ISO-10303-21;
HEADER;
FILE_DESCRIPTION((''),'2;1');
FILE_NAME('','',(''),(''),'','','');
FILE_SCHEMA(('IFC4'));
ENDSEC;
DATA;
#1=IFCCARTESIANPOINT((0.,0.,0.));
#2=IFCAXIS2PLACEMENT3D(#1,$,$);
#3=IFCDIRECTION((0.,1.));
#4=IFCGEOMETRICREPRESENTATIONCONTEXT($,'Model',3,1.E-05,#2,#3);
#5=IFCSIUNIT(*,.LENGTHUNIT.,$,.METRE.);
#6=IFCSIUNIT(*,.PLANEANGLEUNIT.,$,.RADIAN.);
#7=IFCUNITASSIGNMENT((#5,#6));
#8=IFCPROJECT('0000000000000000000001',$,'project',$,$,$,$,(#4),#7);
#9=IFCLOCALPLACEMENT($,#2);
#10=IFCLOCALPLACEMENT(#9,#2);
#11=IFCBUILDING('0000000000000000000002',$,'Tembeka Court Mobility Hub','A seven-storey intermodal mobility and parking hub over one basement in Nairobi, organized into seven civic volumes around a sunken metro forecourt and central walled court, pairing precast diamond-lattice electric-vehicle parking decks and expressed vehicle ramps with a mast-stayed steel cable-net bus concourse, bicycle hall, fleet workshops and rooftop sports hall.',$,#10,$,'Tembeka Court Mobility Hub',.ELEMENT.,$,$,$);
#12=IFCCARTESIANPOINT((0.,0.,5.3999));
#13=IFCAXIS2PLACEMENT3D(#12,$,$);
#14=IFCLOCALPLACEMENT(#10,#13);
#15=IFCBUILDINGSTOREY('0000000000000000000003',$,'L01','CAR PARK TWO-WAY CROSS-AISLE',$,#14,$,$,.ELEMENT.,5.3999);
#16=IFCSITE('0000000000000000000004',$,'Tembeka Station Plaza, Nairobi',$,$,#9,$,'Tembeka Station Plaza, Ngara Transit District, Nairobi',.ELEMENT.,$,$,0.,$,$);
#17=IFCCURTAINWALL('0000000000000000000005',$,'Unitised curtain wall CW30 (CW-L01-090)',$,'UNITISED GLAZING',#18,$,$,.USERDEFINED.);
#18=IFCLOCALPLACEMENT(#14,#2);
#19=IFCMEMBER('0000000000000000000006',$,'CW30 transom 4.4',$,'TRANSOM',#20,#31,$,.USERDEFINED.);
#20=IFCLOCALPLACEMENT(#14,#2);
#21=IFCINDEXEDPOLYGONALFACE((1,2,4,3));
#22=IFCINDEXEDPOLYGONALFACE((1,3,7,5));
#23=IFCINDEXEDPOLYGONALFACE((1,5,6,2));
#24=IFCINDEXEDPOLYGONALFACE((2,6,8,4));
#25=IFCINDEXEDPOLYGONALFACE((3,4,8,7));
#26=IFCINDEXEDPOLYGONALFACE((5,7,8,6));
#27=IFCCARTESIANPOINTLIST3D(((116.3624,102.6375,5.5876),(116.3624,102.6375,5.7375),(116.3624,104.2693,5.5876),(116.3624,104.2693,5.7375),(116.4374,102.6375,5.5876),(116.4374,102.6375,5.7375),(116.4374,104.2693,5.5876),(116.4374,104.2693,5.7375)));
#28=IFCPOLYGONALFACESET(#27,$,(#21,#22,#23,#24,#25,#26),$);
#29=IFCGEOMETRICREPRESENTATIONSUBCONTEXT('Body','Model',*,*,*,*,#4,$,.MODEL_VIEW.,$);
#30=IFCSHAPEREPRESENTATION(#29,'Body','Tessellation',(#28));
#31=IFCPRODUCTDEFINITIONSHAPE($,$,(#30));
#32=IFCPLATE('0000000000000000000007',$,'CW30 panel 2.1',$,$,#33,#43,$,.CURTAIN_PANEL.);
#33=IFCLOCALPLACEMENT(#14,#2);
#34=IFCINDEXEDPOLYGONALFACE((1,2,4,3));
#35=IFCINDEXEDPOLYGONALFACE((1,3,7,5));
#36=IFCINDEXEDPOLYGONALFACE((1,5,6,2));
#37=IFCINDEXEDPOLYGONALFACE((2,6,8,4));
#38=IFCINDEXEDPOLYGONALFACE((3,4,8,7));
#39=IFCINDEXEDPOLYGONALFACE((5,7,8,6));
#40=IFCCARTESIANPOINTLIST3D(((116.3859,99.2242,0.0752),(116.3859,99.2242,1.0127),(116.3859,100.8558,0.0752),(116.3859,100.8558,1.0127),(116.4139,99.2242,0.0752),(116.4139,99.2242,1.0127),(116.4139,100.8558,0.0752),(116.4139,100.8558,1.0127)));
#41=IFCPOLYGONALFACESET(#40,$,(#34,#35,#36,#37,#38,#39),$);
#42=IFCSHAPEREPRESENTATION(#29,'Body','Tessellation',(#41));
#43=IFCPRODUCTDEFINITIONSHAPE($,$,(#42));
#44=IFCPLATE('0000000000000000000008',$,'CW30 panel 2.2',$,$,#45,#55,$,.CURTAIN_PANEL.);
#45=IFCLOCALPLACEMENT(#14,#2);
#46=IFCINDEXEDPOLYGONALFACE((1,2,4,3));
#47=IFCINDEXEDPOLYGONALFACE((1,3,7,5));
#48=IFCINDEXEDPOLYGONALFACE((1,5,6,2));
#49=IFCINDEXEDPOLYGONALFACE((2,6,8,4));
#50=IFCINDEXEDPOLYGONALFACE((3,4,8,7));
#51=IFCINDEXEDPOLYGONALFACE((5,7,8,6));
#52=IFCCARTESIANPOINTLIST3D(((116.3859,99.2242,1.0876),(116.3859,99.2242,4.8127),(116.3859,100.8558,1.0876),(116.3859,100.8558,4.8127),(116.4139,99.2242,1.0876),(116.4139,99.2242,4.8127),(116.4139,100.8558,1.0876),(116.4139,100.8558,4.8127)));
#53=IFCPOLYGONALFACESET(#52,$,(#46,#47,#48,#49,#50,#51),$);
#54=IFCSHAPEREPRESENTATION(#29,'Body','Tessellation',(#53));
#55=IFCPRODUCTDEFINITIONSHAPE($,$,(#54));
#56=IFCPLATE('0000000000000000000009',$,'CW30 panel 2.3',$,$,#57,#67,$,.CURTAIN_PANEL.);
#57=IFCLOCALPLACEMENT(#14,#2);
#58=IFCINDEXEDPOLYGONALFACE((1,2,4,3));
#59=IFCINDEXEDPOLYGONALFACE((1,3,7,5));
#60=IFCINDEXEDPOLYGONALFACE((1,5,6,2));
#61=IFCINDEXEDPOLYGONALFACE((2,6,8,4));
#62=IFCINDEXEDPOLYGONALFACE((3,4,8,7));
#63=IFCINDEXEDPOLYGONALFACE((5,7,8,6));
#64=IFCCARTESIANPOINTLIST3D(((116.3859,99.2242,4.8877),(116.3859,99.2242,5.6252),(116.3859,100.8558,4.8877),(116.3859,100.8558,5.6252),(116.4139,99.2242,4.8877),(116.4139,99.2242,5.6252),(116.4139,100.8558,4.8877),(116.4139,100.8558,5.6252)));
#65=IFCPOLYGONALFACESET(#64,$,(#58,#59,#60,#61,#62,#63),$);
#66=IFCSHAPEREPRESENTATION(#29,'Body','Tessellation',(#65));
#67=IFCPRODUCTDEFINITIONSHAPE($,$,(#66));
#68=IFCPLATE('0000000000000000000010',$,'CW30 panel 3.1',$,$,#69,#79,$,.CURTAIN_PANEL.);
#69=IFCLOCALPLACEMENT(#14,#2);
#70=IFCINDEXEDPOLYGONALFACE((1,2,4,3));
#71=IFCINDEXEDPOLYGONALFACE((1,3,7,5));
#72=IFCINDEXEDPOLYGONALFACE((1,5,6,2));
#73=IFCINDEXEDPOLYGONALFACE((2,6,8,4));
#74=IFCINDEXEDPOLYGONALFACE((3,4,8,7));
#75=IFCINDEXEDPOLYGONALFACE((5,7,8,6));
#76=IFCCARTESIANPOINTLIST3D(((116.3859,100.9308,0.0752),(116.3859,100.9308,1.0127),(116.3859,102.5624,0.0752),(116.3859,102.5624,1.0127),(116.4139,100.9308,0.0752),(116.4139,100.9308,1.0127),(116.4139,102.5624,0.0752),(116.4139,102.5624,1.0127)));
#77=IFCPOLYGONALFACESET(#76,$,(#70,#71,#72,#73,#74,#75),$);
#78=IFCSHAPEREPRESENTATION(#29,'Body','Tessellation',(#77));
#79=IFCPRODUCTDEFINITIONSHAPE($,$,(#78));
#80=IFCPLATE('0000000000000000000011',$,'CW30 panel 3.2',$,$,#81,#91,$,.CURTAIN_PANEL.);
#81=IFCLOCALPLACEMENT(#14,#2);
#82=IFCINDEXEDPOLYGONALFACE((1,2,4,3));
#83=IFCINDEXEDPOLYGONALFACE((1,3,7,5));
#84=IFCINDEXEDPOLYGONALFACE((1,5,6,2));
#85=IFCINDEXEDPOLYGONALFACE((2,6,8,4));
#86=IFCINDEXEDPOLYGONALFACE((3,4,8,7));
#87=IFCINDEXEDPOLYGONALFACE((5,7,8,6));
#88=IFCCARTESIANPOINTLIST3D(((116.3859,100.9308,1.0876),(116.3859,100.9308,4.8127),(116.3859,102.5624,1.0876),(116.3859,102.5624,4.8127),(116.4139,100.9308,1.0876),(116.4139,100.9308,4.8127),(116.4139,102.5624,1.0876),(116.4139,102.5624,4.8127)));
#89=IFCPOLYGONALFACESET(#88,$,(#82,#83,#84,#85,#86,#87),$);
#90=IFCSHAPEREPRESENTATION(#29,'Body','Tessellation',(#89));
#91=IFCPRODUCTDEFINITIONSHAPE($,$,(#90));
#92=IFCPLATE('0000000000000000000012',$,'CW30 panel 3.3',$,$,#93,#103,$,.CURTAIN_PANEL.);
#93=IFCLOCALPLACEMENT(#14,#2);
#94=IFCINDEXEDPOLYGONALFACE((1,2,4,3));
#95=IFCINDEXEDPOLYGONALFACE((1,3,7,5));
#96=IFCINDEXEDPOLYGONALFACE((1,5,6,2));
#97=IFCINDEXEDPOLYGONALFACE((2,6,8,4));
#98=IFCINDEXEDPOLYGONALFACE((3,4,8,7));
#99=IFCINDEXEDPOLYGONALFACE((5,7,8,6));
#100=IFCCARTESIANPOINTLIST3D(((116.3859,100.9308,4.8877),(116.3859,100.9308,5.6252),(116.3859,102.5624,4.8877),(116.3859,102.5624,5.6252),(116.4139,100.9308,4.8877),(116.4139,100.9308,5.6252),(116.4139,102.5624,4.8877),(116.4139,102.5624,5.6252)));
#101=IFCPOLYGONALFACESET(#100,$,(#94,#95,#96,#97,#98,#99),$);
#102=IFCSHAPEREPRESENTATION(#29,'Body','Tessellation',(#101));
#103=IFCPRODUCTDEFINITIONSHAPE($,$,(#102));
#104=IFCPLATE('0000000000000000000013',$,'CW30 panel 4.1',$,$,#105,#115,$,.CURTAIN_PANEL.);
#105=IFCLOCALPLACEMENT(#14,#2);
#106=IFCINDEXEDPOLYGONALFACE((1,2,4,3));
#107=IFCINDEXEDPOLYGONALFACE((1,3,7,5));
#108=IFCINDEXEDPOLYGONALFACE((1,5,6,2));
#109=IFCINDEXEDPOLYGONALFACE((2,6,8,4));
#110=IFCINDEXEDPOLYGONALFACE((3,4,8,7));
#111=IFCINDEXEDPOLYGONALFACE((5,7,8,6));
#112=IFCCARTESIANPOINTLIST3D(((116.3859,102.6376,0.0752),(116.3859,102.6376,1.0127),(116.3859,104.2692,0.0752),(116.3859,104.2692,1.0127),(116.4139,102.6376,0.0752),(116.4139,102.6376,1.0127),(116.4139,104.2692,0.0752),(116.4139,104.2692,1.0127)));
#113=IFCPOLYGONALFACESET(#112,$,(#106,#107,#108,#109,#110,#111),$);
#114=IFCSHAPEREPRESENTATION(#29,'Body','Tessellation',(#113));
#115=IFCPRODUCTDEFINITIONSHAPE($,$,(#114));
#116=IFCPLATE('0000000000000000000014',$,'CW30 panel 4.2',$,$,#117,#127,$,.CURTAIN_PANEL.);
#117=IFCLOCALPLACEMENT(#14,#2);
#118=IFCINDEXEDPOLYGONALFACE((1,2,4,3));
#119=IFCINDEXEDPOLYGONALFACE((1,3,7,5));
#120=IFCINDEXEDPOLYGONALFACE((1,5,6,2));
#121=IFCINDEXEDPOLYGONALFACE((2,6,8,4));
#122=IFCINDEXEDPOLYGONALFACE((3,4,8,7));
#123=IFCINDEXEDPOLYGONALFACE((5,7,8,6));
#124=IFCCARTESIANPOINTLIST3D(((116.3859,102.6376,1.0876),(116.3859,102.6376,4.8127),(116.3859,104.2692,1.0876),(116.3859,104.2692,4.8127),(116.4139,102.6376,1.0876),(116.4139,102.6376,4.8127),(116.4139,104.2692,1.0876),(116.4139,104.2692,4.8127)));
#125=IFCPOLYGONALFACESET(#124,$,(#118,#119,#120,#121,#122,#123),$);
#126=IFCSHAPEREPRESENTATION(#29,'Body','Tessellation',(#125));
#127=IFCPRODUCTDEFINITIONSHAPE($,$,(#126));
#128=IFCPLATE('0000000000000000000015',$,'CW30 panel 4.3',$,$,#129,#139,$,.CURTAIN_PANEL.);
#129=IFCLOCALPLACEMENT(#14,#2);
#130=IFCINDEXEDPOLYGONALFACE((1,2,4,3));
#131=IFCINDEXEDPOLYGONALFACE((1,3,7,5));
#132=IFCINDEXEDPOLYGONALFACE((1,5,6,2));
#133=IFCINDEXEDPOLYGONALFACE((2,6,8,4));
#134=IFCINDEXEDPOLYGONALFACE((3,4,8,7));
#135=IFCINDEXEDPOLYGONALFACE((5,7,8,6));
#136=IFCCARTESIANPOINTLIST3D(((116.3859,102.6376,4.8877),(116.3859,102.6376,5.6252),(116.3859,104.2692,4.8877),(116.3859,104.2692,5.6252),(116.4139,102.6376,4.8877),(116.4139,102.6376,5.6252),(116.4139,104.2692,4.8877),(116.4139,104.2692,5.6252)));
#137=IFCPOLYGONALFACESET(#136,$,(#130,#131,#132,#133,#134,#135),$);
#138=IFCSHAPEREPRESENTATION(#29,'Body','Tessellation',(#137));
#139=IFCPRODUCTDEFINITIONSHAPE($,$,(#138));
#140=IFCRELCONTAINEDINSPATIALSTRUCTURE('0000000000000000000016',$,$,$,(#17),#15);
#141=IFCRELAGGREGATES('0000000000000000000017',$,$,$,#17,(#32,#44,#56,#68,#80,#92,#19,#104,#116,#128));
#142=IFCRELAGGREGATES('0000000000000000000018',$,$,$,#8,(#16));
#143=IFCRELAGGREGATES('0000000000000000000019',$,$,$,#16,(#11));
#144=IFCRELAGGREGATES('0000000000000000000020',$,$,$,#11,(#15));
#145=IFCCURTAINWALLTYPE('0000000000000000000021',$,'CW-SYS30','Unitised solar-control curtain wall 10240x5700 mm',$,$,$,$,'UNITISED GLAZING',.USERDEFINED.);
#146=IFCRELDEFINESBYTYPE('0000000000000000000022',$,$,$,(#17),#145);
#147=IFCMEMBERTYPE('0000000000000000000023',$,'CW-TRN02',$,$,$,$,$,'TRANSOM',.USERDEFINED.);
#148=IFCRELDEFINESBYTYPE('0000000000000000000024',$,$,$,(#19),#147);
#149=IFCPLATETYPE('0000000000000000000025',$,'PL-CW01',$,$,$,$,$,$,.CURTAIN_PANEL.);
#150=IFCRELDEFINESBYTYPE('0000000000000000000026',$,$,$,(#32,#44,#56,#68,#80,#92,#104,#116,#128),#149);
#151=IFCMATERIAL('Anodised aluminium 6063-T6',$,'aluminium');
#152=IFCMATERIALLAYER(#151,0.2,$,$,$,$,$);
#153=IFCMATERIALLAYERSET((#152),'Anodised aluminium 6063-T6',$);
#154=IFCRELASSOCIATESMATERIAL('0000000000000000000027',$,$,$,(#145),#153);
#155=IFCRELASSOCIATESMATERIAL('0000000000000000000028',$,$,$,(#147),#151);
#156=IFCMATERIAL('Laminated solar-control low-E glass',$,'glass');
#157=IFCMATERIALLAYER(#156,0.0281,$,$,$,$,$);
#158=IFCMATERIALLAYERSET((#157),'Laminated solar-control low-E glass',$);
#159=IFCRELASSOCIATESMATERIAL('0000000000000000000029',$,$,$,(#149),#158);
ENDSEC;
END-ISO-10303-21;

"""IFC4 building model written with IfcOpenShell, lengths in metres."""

from ifc_helpers import new_model, si_unit, direction, frame, origin, origin_2d, place, context, subcontext, project, spatial, rectangle, extrude, material, layer, layer_set, material_profile, profile_set, type_object, element, aggregate, save


model = new_model("IFC4")

# Units and contexts
model_context = context("Model", 3, precision=1e-05, world=origin(), true_north=direction((0.0, 1.0)))
body_context = subcontext(model_context, "Body", "Model", "MODEL_VIEW")
ifc_project = project(units=[si_unit("LENGTHUNIT", "METRE"), si_unit("PLANEANGLEUNIT", "RADIAN")], contexts=[model_context])

# Site, building, storey
site_placement = place(None, origin())
site = spatial("IfcSite", under=ifc_project, at=site_placement, Name="Tembeka Station Plaza, Nairobi", LongName="Tembeka Station Plaza, Ngara Transit District, Nairobi", CompositionType="ELEMENT", RefElevation=0.0)
building_placement = place(site_placement, origin())
building = spatial("IfcBuilding", under=site, at=building_placement, Name="Tembeka Court Mobility Hub", Description="A seven-storey intermodal mobility and parking hub over one basement in Nairobi, organized into seven civic volumes around a sunken metro forecourt and central walled court, pairing precast diamond-lattice electric-vehicle parking decks and expressed vehicle ramps with a mast-stayed steel cable-net bus concourse, bicycle hall, fleet workshops and rooftop sports hall.", LongName="Tembeka Court Mobility Hub", CompositionType="ELEMENT")
storey_placement = place(building_placement, frame((0.0, 0.0, 5.3999)))
storey = spatial("IfcBuildingStorey", under=building, at=storey_placement, Name="L01", Description="CAR PARK TWO-WAY CROSS-AISLE", CompositionType="ELEMENT", Elevation=5.3999)

# Curtain wall, member, plates
ifc_material_1 = material(Name="Anodised aluminium 6063-T6", Category="aluminium")
ifc_layer_1 = layer(ifc_material_1, 0.2)
ifc_layer_set_1 = layer_set([ifc_layer_1], Name="Anodised aluminium 6063-T6")
curtain_wall_type = type_object("IfcCurtainWallType", Name="CW-SYS30", Description="Unitised solar-control curtain wall 10240x5700 mm", ElementType="UNITISED GLAZING", PredefinedType="USERDEFINED", material=ifc_layer_set_1)
curtain_wall_placement = place(storey_placement, origin())
curtain_wall = element("IfcCurtainWall", 1, at=curtain_wall_placement, inside=storey, type_object=curtain_wall_type, Name="Unitised curtain wall CW30 (CW-L01-090)", ObjectType="UNITISED GLAZING", PredefinedType="USERDEFINED")
ifc_material_profile_1 = material_profile(ifc_material_1, rectangle(XDim=0.075, YDim=0.1499, at=origin_2d()), Name="ALU-TRN 75x150")
ifc_profile_set_1 = profile_set([ifc_material_profile_1], Name="Anodised aluminium 6063-T6")
member_type_1 = type_object("IfcMemberType", Name="CW-TRN02", ElementType="TRANSOM", PredefinedType="USERDEFINED", material=ifc_profile_set_1)
member_1_placement = place(storey_placement, frame((116.3999, 102.6375, 5.6626), z_axis=(0.0, 1.0, 0.0), x_axis=(-1.0, 0.0, 0.0)))
member_1 = element("IfcMember", 2, at=member_1_placement, type_object=member_type_1, Name="CW30 transom 4.4", ObjectType="TRANSOM", PredefinedType="USERDEFINED", context=body_context, shape_type="SweptSolid", body=[
    extrude(rectangle(XDim=0.075, YDim=0.1499, at=origin_2d()), origin(), (0.0, 0.0, 1.0), 1.6318),
])
ifc_material_2 = material(Name="Laminated solar-control low-E glass", Category="glass")
ifc_layer_2 = layer(ifc_material_2, 0.0281)
ifc_layer_set_2 = layer_set([ifc_layer_2], Name="Laminated solar-control low-E glass")
plate_type = type_object("IfcPlateType", Name="PL-CW01", PredefinedType="CURTAIN_PANEL", material=ifc_layer_set_2)
plate_1_placement = place(storey_placement, frame((116.3999, 100.04, 0.0752), z_axis=(0.0, 0.0, 1.0), x_axis=(0.0, 1.0, 0.0)))
plate_1 = element("IfcPlate", 3, at=plate_1_placement, type_object=plate_type, Name="CW30 panel 2.1", PredefinedType="CURTAIN_PANEL", context=body_context, shape_type="SweptSolid", body=[
    extrude(rectangle(XDim=1.6316, YDim=0.0281, at=origin_2d()), origin(), (0.0, 0.0, 1.0), 0.9375),
])
plate_2_placement = place(storey_placement, frame((116.3999, 100.04, 1.0876), z_axis=(0.0, 0.0, 1.0), x_axis=(0.0, 1.0, 0.0)))
plate_2 = element("IfcPlate", 4, at=plate_2_placement, type_object=plate_type, Name="CW30 panel 2.2", PredefinedType="CURTAIN_PANEL", context=body_context, shape_type="SweptSolid", body=[
    extrude(rectangle(XDim=1.6316, YDim=0.0281, at=origin_2d()), origin(), (0.0, 0.0, 1.0), 3.7251),
])
plate_3_placement = place(storey_placement, frame((116.3999, 100.04, 4.8877), z_axis=(0.0, 0.0, 1.0), x_axis=(0.0, 1.0, 0.0)))
plate_3 = element("IfcPlate", 5, at=plate_3_placement, type_object=plate_type, Name="CW30 panel 2.3", PredefinedType="CURTAIN_PANEL", context=body_context, shape_type="SweptSolid", body=[
    extrude(rectangle(XDim=1.6316, YDim=0.0281, at=origin_2d()), origin(), (0.0, 0.0, 1.0), 0.7375),
])
plate_4_placement = place(storey_placement, frame((116.3999, 101.7466, 0.0752), z_axis=(0.0, 0.0, 1.0), x_axis=(0.0, 1.0, 0.0)))
plate_4 = element("IfcPlate", 6, at=plate_4_placement, type_object=plate_type, Name="CW30 panel 3.1", PredefinedType="CURTAIN_PANEL", context=body_context, shape_type="SweptSolid", body=[
    extrude(rectangle(XDim=1.6316, YDim=0.0281, at=origin_2d()), origin(), (0.0, 0.0, 1.0), 0.9375),
])
plate_5_placement = place(storey_placement, frame((116.3999, 101.7466, 1.0876), z_axis=(0.0, 0.0, 1.0), x_axis=(0.0, 1.0, 0.0)))
plate_5 = element("IfcPlate", 7, at=plate_5_placement, type_object=plate_type, Name="CW30 panel 3.2", PredefinedType="CURTAIN_PANEL", context=body_context, shape_type="SweptSolid", body=[
    extrude(rectangle(XDim=1.6316, YDim=0.0281, at=origin_2d()), origin(), (0.0, 0.0, 1.0), 3.7251),
])
plate_6_placement = place(storey_placement, frame((116.3999, 101.7466, 4.8877), z_axis=(0.0, 0.0, 1.0), x_axis=(0.0, 1.0, 0.0)))
plate_6 = element("IfcPlate", 8, at=plate_6_placement, type_object=plate_type, Name="CW30 panel 3.3", PredefinedType="CURTAIN_PANEL", context=body_context, shape_type="SweptSolid", body=[
    extrude(rectangle(XDim=1.6316, YDim=0.0281, at=origin_2d()), origin(), (0.0, 0.0, 1.0), 0.7375),
])
plate_7_placement = place(storey_placement, frame((116.3999, 103.4534, 0.0752), z_axis=(0.0, 0.0, 1.0), x_axis=(0.0, 1.0, 0.0)))
plate_7 = element("IfcPlate", 9, at=plate_7_placement, type_object=plate_type, Name="CW30 panel 4.1", PredefinedType="CURTAIN_PANEL", context=body_context, shape_type="SweptSolid", body=[
    extrude(rectangle(XDim=1.6316, YDim=0.0281, at=origin_2d()), origin(), (0.0, 0.0, 1.0), 0.9375),
])
plate_8_placement = place(storey_placement, frame((116.3999, 103.4534, 1.0876), z_axis=(0.0, 0.0, 1.0), x_axis=(0.0, 1.0, 0.0)))
plate_8 = element("IfcPlate", 10, at=plate_8_placement, type_object=plate_type, Name="CW30 panel 4.2", PredefinedType="CURTAIN_PANEL", context=body_context, shape_type="SweptSolid", body=[
    extrude(rectangle(XDim=1.6316, YDim=0.0281, at=origin_2d()), origin(), (0.0, 0.0, 1.0), 3.7251),
])
plate_9_placement = place(storey_placement, frame((116.3999, 103.4534, 4.8877), z_axis=(0.0, 0.0, 1.0), x_axis=(0.0, 1.0, 0.0)))
plate_9 = element("IfcPlate", 11, at=plate_9_placement, type_object=plate_type, Name="CW30 panel 4.3", PredefinedType="CURTAIN_PANEL", context=body_context, shape_type="SweptSolid", body=[
    extrude(rectangle(XDim=1.6316, YDim=0.0281, at=origin_2d()), origin(), (0.0, 0.0, 1.0), 0.7375),
])
aggregate(curtain_wall, [plate_1, plate_2, plate_3, plate_4, plate_5, plate_6, member_1, plate_7, plate_8, plate_9])

save(model, "model.ifc")
